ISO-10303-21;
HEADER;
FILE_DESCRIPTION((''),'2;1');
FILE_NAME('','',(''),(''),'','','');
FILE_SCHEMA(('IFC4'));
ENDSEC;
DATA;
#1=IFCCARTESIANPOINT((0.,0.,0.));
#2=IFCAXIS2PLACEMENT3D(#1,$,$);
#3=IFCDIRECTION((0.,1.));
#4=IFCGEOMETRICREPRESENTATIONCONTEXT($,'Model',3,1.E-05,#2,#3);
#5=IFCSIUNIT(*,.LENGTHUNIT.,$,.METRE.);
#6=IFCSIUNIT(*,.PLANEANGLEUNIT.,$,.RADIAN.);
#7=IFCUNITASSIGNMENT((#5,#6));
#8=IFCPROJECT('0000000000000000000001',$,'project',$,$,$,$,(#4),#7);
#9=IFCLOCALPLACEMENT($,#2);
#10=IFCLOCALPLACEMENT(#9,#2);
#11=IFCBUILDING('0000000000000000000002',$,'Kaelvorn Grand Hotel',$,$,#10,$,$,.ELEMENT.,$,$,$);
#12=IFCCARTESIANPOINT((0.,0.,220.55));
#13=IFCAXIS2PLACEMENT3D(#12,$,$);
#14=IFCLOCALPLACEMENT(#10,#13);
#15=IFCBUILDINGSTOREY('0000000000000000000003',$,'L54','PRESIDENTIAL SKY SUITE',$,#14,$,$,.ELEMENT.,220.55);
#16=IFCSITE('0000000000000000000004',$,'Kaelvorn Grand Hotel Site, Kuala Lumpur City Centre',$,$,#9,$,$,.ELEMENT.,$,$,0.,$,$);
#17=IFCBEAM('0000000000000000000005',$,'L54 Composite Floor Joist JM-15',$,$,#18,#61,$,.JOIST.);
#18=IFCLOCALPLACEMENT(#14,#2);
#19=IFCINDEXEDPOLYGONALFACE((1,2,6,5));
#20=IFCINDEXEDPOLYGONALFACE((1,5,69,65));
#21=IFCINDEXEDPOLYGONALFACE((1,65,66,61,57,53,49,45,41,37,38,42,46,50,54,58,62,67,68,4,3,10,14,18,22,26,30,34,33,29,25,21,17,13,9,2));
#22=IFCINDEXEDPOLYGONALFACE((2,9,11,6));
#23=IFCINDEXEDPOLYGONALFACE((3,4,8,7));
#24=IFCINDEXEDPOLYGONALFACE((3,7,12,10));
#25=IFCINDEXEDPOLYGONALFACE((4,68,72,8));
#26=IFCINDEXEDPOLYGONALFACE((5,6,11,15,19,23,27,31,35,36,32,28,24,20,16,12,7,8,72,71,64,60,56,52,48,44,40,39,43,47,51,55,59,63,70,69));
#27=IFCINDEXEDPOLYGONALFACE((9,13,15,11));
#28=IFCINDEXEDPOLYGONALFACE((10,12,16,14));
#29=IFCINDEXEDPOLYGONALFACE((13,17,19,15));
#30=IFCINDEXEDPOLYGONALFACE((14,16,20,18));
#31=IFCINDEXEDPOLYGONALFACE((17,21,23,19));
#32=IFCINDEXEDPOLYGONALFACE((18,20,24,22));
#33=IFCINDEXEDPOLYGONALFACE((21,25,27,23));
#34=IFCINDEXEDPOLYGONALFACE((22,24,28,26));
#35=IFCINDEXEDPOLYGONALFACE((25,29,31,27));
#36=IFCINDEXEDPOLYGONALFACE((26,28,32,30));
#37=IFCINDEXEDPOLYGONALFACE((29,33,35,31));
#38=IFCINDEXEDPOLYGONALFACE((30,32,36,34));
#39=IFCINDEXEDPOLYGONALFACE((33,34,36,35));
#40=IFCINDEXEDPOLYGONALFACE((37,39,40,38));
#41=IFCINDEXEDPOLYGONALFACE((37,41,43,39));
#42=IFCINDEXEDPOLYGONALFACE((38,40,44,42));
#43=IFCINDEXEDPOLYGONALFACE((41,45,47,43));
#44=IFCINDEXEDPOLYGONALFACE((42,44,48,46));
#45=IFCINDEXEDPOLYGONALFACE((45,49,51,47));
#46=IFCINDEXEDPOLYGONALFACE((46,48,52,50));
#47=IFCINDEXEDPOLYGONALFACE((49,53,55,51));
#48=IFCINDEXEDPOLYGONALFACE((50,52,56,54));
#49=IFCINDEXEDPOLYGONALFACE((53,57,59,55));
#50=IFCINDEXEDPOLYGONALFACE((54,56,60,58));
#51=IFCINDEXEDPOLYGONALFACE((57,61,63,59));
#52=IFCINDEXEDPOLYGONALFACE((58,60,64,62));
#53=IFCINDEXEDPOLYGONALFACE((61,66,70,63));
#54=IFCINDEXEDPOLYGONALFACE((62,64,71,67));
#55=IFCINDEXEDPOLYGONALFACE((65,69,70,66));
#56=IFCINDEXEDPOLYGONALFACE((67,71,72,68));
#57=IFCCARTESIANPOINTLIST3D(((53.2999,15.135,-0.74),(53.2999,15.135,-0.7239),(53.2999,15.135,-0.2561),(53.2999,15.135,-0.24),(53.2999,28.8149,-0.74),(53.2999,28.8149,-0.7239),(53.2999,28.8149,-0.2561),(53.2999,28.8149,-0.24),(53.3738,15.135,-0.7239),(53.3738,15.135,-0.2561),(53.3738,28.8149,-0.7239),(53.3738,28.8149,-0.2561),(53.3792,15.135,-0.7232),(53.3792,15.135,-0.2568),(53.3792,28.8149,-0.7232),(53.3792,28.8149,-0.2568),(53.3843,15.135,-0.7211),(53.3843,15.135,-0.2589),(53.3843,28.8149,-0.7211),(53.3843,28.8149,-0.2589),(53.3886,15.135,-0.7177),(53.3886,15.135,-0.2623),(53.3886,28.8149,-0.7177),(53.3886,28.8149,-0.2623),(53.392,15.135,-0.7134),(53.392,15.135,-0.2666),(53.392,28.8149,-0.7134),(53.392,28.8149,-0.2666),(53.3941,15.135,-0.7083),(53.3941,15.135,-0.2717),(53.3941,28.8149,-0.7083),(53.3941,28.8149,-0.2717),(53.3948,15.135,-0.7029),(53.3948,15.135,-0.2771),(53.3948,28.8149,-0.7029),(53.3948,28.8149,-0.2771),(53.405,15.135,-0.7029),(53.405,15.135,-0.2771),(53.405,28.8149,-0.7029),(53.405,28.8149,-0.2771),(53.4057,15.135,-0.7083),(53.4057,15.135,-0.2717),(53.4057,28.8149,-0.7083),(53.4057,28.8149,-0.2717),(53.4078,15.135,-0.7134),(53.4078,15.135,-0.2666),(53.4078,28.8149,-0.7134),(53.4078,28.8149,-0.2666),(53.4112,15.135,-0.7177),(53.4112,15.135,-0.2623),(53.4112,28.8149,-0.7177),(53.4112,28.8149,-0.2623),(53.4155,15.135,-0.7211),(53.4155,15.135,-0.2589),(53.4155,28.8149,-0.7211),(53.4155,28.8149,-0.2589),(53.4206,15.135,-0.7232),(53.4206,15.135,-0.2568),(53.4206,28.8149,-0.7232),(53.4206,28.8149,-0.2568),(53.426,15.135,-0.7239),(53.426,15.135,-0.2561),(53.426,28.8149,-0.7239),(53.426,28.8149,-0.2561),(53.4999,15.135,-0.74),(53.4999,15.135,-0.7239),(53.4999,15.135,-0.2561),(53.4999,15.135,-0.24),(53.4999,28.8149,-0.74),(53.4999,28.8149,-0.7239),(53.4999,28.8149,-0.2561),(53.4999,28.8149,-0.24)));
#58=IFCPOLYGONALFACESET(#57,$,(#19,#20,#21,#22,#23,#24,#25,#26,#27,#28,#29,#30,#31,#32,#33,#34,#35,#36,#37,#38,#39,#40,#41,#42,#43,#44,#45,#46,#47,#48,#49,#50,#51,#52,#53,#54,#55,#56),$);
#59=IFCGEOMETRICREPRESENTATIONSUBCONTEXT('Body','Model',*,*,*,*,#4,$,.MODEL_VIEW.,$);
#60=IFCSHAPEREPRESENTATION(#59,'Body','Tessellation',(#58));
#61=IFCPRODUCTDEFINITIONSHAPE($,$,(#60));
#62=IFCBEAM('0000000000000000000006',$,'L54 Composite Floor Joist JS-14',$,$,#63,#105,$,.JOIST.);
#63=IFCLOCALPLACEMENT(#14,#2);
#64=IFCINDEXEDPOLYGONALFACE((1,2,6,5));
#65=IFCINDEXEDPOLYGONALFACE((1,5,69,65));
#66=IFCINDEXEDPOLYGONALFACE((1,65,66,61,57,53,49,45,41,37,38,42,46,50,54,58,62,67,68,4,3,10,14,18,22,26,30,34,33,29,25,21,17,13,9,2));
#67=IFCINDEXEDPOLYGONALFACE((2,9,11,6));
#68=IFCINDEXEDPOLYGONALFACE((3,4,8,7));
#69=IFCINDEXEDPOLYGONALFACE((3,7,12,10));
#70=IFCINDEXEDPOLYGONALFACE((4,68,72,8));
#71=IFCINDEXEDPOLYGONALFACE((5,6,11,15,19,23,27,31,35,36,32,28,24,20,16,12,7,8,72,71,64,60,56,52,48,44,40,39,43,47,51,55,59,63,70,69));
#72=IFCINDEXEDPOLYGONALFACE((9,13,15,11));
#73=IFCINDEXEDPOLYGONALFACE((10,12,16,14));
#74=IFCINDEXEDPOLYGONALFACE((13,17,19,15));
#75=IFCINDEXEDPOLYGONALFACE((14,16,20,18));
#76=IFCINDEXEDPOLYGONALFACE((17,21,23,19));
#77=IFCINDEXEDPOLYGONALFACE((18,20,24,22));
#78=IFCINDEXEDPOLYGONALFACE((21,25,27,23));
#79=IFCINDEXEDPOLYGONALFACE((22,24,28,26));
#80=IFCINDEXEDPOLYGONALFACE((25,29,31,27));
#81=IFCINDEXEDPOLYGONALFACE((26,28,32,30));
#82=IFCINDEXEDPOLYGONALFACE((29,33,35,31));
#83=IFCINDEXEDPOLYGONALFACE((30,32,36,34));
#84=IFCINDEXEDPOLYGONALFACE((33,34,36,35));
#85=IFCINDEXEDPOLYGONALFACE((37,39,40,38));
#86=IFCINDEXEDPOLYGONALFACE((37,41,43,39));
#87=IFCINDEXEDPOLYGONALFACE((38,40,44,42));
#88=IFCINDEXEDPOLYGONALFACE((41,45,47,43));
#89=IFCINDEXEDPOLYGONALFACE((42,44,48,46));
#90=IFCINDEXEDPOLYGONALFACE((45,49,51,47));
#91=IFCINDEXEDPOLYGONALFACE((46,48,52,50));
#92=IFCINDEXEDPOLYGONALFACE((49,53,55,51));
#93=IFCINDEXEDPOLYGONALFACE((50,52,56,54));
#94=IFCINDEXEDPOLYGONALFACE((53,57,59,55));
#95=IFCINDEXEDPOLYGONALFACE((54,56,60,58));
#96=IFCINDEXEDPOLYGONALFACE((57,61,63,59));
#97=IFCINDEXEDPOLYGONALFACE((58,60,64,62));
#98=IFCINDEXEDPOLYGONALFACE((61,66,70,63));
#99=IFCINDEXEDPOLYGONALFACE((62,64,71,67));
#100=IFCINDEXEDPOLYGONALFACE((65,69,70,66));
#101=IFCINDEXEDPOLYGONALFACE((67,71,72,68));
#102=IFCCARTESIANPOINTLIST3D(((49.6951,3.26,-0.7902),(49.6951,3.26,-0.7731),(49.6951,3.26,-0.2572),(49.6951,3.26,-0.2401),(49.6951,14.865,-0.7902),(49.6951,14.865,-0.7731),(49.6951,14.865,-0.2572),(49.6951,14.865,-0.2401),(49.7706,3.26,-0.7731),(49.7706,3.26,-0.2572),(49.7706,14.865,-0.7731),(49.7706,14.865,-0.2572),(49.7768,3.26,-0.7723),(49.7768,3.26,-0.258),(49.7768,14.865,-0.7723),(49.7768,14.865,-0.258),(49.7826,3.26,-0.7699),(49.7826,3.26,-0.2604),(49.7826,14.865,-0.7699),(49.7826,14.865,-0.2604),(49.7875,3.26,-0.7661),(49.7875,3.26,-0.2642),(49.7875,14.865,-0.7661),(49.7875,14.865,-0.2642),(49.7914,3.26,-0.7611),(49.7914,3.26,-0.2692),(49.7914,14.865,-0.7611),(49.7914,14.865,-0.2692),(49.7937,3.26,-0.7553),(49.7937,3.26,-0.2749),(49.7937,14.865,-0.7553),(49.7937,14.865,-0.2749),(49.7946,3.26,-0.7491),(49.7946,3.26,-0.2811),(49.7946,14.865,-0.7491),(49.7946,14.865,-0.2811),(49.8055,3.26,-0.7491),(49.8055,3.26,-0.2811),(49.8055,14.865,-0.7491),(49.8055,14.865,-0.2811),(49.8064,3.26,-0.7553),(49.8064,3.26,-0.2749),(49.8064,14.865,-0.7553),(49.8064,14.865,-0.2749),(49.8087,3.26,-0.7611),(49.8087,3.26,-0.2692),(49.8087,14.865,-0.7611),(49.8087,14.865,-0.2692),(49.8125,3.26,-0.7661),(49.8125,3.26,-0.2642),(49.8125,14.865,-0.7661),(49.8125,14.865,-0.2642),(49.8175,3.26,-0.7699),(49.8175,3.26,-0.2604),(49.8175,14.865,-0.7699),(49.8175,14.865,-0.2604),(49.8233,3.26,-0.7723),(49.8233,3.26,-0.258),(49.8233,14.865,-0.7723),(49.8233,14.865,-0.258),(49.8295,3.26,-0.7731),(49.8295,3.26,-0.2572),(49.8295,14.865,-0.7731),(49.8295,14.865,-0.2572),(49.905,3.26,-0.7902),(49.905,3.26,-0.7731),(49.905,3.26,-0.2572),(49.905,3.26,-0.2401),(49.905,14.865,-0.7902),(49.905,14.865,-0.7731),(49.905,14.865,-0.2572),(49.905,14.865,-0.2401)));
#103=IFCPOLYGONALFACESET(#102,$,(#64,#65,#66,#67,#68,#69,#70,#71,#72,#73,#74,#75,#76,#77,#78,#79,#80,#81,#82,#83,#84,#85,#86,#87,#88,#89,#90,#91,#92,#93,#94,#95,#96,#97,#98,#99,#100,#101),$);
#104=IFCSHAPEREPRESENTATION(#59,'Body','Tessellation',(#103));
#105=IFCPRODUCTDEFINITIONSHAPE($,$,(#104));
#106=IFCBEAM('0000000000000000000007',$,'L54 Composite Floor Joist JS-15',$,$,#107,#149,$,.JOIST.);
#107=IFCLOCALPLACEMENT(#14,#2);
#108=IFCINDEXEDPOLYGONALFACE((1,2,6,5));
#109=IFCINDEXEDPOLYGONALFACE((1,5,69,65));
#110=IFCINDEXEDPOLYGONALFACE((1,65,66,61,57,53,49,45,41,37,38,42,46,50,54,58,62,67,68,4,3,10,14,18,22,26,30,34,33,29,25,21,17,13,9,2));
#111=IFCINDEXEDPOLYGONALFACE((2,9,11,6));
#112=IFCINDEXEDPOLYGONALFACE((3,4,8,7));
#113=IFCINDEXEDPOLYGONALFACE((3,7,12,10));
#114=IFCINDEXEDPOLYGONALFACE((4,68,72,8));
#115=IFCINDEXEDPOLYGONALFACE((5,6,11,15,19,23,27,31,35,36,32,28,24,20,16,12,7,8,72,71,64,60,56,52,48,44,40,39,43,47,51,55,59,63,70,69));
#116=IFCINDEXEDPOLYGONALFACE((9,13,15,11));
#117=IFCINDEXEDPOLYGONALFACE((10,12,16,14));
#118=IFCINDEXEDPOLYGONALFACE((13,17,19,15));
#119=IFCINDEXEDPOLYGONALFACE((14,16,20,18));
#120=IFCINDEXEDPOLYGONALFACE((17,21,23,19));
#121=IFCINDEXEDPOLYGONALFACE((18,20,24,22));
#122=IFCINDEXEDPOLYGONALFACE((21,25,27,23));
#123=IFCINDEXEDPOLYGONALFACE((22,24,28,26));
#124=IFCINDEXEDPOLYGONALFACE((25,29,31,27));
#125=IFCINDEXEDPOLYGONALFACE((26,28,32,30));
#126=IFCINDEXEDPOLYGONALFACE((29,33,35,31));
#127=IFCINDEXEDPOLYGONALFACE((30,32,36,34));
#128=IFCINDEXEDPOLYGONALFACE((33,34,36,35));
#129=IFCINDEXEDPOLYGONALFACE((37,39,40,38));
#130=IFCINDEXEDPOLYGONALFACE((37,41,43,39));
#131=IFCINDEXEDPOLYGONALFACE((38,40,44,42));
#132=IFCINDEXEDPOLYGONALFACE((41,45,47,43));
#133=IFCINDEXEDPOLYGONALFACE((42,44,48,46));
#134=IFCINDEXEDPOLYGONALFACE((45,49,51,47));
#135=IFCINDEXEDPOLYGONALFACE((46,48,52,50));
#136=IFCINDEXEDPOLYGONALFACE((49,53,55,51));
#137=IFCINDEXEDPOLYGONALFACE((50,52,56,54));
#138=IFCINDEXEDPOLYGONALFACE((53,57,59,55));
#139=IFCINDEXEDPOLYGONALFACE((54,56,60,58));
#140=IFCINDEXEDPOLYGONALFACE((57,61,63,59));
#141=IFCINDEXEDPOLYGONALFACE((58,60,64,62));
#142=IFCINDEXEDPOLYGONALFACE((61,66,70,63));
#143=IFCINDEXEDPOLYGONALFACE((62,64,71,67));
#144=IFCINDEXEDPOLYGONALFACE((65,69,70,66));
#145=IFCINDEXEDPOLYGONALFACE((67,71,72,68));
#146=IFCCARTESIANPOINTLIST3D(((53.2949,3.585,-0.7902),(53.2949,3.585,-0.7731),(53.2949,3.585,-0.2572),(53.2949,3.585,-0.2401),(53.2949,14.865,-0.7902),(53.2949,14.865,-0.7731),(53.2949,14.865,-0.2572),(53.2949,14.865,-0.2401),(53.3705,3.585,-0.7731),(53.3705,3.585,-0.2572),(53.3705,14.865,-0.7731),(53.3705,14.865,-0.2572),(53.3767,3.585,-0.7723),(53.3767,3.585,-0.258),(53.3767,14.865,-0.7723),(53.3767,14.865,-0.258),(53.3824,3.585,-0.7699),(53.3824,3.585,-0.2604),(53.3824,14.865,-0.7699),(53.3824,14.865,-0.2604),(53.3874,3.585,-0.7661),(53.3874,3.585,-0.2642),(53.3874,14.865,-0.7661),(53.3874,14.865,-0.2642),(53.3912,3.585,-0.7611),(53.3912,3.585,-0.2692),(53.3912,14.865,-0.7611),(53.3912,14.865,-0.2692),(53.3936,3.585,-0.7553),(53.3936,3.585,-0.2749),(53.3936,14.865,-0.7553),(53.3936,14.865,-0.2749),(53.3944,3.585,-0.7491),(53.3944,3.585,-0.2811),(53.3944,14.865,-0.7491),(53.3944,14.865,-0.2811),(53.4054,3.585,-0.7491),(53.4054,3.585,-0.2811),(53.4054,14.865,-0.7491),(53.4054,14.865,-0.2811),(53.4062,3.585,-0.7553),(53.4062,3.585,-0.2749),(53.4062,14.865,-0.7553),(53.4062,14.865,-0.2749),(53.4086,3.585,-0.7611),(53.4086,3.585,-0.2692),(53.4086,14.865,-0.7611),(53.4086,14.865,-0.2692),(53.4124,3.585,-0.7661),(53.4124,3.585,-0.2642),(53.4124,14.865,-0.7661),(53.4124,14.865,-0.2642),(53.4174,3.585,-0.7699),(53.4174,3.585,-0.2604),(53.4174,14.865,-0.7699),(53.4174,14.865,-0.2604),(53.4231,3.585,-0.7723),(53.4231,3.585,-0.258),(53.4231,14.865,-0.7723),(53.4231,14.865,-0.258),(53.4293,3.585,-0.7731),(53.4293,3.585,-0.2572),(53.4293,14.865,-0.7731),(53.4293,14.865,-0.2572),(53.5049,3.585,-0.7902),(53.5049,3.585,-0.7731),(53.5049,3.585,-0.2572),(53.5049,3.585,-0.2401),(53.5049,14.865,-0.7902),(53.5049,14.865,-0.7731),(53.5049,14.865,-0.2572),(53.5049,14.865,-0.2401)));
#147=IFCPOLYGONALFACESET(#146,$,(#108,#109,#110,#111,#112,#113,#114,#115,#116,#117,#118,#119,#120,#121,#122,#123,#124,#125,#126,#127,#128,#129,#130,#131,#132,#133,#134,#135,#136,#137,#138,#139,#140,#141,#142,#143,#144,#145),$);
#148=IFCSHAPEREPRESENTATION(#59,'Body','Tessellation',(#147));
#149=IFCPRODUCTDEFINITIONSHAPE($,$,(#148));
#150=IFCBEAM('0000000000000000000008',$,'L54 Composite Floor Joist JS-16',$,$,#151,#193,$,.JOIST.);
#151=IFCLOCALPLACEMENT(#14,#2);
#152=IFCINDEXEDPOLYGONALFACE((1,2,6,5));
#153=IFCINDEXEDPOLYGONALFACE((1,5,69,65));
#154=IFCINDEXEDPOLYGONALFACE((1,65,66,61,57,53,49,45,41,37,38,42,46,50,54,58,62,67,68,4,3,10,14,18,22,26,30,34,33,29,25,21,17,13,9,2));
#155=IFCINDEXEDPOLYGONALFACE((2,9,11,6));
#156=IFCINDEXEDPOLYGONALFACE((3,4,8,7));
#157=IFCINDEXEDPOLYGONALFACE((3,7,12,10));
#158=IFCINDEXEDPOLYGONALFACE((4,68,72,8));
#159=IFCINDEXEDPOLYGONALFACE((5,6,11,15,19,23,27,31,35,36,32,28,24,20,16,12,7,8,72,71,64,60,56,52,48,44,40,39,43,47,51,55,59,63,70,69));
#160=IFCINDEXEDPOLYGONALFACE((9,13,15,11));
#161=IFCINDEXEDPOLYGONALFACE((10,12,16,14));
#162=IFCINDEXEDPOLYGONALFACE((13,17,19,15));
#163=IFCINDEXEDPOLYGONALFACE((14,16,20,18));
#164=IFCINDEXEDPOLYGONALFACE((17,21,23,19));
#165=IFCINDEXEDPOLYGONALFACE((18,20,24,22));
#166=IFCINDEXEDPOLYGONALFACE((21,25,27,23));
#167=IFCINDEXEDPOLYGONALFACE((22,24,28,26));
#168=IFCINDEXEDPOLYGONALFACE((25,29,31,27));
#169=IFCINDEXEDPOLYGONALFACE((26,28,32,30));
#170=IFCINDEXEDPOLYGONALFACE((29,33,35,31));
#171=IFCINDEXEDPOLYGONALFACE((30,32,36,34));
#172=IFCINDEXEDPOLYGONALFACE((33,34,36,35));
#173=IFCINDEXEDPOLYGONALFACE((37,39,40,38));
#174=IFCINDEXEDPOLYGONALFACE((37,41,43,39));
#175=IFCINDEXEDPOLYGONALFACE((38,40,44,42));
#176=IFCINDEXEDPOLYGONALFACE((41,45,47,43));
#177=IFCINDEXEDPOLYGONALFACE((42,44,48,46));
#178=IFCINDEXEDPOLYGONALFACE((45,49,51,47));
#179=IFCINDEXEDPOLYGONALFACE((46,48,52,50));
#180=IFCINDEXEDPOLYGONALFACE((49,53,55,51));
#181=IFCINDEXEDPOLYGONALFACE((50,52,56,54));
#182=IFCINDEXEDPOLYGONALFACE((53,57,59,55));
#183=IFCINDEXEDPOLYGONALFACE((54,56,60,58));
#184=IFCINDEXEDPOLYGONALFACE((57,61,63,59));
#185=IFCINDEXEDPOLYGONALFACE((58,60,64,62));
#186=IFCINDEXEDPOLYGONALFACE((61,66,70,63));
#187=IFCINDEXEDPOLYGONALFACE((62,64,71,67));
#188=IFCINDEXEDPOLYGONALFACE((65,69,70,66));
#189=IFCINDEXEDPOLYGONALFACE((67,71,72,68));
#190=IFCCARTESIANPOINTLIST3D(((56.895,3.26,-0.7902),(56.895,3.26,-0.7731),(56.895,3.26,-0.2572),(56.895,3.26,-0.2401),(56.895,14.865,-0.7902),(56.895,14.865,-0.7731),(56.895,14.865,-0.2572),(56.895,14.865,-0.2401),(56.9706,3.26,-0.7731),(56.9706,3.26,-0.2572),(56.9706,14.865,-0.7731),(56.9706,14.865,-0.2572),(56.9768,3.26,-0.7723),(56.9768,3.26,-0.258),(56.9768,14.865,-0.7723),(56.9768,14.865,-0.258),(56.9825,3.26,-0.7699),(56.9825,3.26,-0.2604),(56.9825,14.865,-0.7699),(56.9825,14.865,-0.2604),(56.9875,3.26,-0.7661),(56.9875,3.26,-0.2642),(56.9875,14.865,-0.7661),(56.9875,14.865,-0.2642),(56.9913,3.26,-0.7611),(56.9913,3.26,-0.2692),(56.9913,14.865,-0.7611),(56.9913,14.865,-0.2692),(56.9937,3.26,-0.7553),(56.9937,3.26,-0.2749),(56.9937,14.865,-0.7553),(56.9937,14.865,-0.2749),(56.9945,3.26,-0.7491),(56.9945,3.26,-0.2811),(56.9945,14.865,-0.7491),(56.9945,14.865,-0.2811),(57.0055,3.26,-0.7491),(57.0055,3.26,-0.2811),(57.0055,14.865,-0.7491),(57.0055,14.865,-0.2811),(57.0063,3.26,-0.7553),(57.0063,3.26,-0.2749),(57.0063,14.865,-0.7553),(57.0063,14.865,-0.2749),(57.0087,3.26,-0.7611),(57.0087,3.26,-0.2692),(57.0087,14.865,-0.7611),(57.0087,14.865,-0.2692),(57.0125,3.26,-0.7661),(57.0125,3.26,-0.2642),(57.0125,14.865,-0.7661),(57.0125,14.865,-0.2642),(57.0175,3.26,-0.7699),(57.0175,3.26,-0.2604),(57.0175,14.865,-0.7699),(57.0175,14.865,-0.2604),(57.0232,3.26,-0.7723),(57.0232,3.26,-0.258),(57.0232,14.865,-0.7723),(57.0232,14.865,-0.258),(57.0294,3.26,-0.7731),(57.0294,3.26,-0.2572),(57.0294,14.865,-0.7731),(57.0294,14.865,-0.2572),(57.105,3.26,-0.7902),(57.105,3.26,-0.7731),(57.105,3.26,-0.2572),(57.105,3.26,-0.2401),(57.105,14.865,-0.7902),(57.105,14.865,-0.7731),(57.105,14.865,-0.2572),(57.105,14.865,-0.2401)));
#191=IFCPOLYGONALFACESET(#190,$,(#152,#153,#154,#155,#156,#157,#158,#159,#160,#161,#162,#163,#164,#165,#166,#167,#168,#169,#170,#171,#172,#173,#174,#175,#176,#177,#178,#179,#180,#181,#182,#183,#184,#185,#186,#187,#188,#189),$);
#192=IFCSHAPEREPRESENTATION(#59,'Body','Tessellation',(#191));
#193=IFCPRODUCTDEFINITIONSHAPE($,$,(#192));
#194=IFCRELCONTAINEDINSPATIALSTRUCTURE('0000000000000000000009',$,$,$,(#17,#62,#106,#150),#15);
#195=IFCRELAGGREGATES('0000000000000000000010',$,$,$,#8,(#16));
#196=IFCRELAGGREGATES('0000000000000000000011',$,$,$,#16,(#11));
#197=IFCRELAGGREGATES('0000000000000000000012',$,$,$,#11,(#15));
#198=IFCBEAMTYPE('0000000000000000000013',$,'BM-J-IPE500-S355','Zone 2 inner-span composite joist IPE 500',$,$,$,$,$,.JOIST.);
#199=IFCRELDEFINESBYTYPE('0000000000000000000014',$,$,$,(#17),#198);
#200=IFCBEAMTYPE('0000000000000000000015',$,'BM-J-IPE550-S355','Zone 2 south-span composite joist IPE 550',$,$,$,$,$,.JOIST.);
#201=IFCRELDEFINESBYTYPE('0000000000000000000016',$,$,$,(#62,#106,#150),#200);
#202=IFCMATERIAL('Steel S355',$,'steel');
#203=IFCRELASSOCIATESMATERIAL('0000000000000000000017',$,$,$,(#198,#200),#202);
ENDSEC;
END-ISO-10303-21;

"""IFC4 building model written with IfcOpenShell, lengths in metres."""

from ifc_helpers import new_model, si_unit, direction, frame, origin, origin_2d, place, context, subcontext, project, spatial, i_section, extrude, material, material_profile, profile_set, type_object, element, save


model = new_model("IFC4")

# Units and contexts
model_context = context("Model", 3, precision=1e-05, world=origin(), true_north=direction((0.0, 1.0)))
body_context = subcontext(model_context, "Body", "Model", "MODEL_VIEW")
ifc_project = project(units=[si_unit("LENGTHUNIT", "METRE"), si_unit("PLANEANGLEUNIT", "RADIAN")], contexts=[model_context])

# Site, building, storey
site_placement = place(None, origin())
site = spatial("IfcSite", under=ifc_project, at=site_placement, Name="Kaelvorn Grand Hotel Site, Kuala Lumpur City Centre", CompositionType="ELEMENT", RefElevation=0.0)
building_placement = place(site_placement, origin())
building = spatial("IfcBuilding", under=site, at=building_placement, Name="Kaelvorn Grand Hotel", CompositionType="ELEMENT")
storey_placement = place(building_placement, frame((0.0, 0.0, 220.55)))
storey = spatial("IfcBuildingStorey", under=building, at=storey_placement, Name="L54", Description="PRESIDENTIAL SKY SUITE", CompositionType="ELEMENT", Elevation=220.55)

# Beams
ifc_material_1 = material(Name="Steel S355", Category="steel")
ifc_material_profile_1 = material_profile(ifc_material_1, i_section(OverallWidth=0.2, OverallDepth=0.5, WebThickness=0.0103, FlangeThickness=0.0161, FilletRadius=0.021, at=origin_2d()), Name="IPE 500")
ifc_profile_set_1 = profile_set([ifc_material_profile_1], Name="Steel S355")
beam_type_1 = type_object("IfcBeamType", Name="BM-J-IPE500-S355", Description="Zone 2 inner-span composite joist IPE 500", PredefinedType="JOIST", material=ifc_profile_set_1)
beam_1_placement = place(storey_placement, frame((53.3999, 15.135, -0.49), z_axis=(0.0, 1.0, 0.0), x_axis=(-1.0, 0.0, 0.0)))
element("IfcBeam", 1, at=beam_1_placement, inside=storey, type_object=beam_type_1, Name="L54 Composite Floor Joist JM-15", PredefinedType="JOIST", context=body_context, shape_type="SweptSolid", body=[
    extrude(i_section(OverallWidth=0.2, OverallDepth=0.5, WebThickness=0.0103, FlangeThickness=0.0161, FilletRadius=0.021, at=origin_2d()), origin(), (0.0, 0.0, 1.0), 13.6799),
])
ifc_material_profile_2 = material_profile(ifc_material_1, i_section(OverallWidth=0.21, OverallDepth=0.55, WebThickness=0.011, FlangeThickness=0.0171, FilletRadius=0.0239, at=origin_2d()), Name="IPE 550")
ifc_profile_set_2 = profile_set([ifc_material_profile_2], Name="Steel S355")
beam_type_2 = type_object("IfcBeamType", Name="BM-J-IPE550-S355", Description="Zone 2 south-span composite joist IPE 550", PredefinedType="JOIST", material=ifc_profile_set_2)
beam_2_placement = place(storey_placement, frame((49.8, 3.26, -0.5151), z_axis=(0.0, 1.0, 0.0), x_axis=(-1.0, 0.0, 0.0)))
element("IfcBeam", 2, at=beam_2_placement, inside=storey, type_object=beam_type_2, Name="L54 Composite Floor Joist JS-14", PredefinedType="JOIST", context=body_context, shape_type="SweptSolid", body=[
    extrude(i_section(OverallWidth=0.21, OverallDepth=0.55, WebThickness=0.011, FlangeThickness=0.0171, FilletRadius=0.0239, at=origin_2d()), origin(), (0.0, 0.0, 1.0), 11.605),
])
beam_3_placement = place(storey_placement, frame((53.3999, 3.585, -0.5151), z_axis=(0.0, 1.0, 0.0), x_axis=(-1.0, 0.0, 0.0)))
element("IfcBeam", 3, at=beam_3_placement, inside=storey, type_object=beam_type_2, Name="L54 Composite Floor Joist JS-15", PredefinedType="JOIST", context=body_context, shape_type="SweptSolid", body=[
    extrude(i_section(OverallWidth=0.21, OverallDepth=0.55, WebThickness=0.011, FlangeThickness=0.0171, FilletRadius=0.0239, at=origin_2d()), origin(), (0.0, 0.0, 1.0), 11.28),
])
beam_4_placement = place(storey_placement, frame((57.0, 3.26, -0.5151), z_axis=(0.0, 1.0, 0.0), x_axis=(-1.0, 0.0, 0.0)))
element("IfcBeam", 4, at=beam_4_placement, inside=storey, type_object=beam_type_2, Name="L54 Composite Floor Joist JS-16", PredefinedType="JOIST", context=body_context, shape_type="SweptSolid", body=[
    extrude(i_section(OverallWidth=0.21, OverallDepth=0.55, WebThickness=0.011, FlangeThickness=0.0171, FilletRadius=0.0239, at=origin_2d()), origin(), (0.0, 0.0, 1.0), 11.605),
])

save(model, "model.ifc")
